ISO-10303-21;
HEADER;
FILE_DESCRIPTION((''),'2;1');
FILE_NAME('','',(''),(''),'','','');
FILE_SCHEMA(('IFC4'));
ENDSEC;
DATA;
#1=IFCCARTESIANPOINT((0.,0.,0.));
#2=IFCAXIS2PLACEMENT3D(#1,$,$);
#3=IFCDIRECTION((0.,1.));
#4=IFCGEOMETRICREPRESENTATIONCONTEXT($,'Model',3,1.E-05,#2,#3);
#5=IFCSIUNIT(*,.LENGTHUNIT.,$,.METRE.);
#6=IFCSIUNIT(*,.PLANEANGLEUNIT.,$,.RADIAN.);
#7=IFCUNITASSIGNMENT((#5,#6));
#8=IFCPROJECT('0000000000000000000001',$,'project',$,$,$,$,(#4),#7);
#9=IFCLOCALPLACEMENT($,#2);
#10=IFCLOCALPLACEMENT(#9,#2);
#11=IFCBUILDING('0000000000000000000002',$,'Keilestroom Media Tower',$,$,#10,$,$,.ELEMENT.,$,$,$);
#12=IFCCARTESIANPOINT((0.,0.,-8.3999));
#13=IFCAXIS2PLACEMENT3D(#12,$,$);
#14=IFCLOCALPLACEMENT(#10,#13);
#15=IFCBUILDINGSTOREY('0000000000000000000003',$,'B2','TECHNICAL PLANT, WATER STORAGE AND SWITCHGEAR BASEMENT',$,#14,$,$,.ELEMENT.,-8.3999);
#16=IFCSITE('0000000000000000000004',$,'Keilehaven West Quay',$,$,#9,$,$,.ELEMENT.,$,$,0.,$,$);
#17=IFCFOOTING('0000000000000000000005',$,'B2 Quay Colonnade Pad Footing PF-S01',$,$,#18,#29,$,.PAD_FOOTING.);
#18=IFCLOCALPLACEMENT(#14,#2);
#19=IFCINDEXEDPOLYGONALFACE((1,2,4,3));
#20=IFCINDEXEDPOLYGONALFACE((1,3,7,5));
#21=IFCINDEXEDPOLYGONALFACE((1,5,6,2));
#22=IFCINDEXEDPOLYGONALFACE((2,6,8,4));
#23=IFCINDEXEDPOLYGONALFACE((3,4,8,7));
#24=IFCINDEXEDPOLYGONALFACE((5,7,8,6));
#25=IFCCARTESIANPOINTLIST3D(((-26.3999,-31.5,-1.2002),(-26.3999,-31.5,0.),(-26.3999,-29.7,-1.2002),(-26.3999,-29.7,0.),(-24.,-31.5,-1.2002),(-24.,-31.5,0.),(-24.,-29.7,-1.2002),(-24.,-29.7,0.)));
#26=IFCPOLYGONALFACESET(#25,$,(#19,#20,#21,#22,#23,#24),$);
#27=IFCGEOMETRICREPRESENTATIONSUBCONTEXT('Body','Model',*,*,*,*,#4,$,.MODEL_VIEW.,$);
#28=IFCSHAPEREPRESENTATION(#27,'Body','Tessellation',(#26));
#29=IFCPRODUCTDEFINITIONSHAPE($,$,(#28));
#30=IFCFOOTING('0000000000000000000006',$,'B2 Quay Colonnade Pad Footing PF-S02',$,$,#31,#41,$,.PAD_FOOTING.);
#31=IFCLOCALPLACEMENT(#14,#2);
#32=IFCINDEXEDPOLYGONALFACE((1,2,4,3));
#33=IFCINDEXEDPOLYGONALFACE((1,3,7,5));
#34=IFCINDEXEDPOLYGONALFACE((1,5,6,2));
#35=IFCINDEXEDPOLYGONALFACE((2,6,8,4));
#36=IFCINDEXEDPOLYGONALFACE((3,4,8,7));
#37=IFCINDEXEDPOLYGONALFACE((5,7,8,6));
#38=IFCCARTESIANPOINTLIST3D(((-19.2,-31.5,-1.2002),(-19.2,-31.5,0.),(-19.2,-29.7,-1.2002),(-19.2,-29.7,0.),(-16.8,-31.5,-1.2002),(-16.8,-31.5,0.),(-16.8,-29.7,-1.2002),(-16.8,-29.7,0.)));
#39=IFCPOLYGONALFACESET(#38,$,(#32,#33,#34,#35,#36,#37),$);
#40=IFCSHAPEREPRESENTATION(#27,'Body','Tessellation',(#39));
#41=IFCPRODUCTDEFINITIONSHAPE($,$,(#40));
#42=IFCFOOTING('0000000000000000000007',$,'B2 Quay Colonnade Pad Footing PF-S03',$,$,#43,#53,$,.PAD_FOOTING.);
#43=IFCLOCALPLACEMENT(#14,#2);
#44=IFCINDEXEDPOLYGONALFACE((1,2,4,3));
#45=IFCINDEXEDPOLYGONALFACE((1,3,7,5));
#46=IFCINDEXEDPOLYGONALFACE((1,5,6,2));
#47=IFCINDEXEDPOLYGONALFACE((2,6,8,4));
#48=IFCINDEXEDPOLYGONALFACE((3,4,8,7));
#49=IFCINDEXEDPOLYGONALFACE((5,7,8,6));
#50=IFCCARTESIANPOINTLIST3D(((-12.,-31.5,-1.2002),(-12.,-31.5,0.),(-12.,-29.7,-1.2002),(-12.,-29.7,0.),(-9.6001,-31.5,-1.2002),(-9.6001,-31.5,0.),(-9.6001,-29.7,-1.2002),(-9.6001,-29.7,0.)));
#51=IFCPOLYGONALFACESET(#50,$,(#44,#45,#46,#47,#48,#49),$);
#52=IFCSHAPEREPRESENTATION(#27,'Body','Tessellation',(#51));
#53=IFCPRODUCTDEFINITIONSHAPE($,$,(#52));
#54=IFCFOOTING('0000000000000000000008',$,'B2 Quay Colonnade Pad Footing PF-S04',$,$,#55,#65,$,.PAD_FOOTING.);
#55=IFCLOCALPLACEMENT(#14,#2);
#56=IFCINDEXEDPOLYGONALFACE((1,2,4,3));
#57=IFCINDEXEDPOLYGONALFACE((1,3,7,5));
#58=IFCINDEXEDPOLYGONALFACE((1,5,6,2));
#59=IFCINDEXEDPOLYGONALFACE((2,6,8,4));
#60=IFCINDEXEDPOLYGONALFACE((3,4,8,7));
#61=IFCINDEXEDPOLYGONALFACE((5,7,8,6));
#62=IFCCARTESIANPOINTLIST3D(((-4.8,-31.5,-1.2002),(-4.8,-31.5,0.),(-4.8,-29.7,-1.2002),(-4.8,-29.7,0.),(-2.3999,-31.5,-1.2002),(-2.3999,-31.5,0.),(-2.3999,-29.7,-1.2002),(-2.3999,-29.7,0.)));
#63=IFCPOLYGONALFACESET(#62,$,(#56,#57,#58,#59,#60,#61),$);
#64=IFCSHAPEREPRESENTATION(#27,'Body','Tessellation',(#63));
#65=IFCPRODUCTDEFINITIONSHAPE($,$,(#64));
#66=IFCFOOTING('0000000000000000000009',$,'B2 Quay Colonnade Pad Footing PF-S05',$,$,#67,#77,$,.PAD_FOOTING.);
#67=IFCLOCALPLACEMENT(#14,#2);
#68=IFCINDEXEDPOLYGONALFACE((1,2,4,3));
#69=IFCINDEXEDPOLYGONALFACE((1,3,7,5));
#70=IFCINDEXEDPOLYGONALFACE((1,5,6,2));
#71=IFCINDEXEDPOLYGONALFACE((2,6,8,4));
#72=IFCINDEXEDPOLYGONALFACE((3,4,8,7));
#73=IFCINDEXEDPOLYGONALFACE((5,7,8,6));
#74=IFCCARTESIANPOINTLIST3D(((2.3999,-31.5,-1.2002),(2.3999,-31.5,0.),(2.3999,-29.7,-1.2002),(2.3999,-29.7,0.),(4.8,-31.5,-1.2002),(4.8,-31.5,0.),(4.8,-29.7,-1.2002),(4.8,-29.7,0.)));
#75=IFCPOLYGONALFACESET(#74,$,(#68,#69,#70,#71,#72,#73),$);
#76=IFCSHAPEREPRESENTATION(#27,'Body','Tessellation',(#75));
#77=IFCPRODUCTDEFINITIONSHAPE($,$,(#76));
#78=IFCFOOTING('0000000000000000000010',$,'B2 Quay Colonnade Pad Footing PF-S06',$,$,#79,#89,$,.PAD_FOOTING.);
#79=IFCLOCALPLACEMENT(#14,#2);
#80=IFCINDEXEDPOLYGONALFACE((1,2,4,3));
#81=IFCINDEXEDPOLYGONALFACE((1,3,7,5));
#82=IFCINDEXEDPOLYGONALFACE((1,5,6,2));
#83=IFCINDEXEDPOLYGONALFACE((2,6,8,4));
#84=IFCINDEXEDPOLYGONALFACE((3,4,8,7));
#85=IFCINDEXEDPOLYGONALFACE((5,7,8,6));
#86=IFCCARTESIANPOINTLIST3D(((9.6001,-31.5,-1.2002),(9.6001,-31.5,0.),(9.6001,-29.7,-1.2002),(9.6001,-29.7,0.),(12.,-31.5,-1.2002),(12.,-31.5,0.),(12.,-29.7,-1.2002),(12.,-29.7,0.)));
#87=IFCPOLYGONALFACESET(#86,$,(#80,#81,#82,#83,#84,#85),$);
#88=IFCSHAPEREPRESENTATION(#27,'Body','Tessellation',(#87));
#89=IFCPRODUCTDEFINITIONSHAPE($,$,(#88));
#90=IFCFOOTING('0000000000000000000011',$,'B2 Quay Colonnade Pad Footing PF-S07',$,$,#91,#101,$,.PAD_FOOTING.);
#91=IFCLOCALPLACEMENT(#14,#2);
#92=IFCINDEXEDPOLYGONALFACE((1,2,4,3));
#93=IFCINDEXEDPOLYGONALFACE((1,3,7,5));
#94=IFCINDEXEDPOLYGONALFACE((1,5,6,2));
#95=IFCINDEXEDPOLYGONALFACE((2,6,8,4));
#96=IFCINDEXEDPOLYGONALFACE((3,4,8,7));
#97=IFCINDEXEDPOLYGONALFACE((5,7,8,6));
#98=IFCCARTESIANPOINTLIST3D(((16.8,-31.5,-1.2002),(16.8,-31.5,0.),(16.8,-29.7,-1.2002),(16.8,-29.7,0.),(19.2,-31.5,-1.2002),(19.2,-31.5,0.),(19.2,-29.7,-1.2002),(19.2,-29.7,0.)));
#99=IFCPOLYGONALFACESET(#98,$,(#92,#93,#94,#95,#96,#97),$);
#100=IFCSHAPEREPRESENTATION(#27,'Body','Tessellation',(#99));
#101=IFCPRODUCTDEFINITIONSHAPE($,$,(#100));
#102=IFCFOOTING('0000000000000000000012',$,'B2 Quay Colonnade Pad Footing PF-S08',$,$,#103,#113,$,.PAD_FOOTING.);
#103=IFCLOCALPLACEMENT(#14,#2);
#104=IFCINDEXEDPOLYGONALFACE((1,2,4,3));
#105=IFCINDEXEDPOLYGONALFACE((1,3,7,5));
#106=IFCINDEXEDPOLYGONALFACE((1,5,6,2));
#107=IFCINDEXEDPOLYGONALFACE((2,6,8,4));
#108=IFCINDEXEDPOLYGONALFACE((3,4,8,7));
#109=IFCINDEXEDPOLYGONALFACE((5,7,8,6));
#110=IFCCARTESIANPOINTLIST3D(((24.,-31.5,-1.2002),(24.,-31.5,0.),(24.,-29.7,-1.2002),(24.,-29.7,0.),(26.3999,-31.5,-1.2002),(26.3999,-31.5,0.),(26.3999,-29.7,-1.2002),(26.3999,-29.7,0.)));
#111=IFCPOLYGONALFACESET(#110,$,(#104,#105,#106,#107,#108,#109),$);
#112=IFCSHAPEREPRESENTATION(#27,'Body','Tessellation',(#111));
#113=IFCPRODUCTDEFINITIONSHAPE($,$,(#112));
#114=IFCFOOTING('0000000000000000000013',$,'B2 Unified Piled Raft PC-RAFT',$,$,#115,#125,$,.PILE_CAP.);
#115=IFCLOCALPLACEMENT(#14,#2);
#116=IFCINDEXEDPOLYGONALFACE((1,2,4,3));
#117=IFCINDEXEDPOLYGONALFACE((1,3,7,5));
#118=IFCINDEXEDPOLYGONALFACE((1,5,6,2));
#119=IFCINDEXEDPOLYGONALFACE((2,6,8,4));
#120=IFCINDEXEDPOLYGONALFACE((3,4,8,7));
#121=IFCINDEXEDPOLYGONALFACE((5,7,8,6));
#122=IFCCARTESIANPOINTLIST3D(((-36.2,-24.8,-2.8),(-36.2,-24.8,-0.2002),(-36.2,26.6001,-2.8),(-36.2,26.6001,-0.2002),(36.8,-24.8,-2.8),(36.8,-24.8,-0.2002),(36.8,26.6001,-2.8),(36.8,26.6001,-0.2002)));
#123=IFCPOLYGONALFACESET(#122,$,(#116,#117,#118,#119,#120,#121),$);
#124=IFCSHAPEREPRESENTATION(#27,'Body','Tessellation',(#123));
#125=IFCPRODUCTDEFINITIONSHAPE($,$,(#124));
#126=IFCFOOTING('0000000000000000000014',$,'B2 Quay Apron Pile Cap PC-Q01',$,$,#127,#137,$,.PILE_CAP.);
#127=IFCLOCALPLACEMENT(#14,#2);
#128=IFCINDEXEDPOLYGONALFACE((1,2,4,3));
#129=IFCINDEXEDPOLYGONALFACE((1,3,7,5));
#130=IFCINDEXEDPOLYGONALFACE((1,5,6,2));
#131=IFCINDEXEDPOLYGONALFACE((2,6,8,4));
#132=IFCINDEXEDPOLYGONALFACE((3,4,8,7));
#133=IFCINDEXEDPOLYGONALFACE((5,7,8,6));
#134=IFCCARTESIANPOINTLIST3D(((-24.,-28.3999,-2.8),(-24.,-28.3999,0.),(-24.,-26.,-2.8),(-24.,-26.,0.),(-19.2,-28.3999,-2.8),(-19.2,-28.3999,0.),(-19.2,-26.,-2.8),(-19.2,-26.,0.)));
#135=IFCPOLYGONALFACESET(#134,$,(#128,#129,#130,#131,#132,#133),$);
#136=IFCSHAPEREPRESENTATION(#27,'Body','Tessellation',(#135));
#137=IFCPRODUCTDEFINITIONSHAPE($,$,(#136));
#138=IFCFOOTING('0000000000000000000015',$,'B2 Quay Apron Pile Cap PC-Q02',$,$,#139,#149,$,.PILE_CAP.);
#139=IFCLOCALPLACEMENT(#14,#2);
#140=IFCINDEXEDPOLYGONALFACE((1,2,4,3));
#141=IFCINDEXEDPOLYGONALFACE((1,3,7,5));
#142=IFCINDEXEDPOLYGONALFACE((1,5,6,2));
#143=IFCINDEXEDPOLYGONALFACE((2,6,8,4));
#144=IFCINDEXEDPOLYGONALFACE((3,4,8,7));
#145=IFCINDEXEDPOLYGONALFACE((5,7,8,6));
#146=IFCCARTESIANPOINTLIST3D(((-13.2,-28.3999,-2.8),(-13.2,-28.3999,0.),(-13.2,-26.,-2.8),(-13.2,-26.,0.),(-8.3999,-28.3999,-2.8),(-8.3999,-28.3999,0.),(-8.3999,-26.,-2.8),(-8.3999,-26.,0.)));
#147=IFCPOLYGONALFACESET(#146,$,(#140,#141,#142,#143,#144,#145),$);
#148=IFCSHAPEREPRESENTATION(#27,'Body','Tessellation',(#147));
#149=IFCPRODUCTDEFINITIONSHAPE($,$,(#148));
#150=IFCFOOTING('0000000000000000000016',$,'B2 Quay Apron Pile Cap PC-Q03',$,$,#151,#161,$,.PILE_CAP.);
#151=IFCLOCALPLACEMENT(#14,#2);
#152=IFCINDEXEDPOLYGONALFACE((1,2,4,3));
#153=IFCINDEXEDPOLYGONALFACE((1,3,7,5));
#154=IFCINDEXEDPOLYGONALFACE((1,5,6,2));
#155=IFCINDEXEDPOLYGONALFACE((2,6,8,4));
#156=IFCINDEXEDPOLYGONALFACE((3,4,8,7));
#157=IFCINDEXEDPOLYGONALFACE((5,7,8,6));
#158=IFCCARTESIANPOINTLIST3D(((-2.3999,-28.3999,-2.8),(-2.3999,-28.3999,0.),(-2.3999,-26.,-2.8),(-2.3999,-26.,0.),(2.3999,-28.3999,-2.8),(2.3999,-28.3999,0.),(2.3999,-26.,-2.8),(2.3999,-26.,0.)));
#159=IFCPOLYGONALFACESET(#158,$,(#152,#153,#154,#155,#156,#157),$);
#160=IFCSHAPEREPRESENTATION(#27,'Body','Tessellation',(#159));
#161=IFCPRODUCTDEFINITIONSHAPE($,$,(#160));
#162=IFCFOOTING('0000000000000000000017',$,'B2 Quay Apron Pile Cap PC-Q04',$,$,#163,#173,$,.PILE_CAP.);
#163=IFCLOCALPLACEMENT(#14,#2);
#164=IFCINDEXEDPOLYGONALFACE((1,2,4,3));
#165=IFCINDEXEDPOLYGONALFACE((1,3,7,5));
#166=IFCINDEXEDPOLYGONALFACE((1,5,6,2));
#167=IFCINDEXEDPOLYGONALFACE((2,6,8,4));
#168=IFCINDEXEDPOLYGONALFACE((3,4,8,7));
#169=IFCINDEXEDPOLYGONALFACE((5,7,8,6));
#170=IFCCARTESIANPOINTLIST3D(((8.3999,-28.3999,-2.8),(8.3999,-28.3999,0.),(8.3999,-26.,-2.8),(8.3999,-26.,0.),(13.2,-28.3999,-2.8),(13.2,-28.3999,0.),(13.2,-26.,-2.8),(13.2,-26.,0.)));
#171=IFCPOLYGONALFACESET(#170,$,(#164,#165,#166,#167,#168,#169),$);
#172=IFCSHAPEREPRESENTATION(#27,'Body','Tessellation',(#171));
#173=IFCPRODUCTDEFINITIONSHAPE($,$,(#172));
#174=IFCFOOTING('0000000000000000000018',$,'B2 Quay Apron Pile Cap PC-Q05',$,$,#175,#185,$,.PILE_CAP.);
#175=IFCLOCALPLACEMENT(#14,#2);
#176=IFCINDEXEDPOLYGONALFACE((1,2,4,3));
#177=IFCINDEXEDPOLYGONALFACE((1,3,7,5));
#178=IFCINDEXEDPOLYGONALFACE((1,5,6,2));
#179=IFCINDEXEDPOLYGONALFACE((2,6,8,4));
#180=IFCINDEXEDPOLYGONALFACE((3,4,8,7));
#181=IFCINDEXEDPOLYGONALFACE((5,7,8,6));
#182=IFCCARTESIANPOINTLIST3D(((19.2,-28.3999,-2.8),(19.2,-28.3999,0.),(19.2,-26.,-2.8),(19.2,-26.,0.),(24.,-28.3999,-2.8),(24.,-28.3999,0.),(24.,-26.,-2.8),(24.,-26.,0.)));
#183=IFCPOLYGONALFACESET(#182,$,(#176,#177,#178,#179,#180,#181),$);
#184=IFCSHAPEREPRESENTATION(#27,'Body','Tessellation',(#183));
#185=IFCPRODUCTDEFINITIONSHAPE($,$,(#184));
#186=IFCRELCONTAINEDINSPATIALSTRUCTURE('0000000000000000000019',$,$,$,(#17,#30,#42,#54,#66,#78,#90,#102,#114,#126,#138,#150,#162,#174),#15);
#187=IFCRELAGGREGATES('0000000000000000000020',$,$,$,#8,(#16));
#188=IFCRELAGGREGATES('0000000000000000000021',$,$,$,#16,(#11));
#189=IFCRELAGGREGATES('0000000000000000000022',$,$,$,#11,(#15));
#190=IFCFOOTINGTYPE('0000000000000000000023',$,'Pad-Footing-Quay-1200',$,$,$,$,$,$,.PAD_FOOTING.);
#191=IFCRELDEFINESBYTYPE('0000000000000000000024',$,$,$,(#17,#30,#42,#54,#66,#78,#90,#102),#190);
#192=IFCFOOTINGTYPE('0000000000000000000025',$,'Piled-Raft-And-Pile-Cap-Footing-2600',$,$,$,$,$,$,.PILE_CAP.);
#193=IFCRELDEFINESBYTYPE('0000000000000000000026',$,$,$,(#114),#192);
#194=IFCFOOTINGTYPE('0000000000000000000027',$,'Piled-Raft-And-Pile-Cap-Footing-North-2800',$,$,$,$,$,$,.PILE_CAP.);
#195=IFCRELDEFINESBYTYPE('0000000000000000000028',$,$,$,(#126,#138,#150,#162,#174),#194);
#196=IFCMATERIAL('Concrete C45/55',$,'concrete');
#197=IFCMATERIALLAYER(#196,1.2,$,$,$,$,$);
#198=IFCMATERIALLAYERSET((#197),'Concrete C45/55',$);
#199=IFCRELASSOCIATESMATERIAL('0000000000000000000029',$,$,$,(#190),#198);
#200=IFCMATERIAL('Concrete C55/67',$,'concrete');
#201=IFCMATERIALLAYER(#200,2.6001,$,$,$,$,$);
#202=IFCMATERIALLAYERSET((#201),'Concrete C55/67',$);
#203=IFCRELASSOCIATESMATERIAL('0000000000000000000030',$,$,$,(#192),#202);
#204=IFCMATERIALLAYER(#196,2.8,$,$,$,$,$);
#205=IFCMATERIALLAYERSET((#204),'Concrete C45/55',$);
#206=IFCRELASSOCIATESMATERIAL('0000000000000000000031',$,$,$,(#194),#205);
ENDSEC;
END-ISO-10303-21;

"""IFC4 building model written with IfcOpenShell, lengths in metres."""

from ifc_helpers import new_model, si_unit, direction, frame, origin, place, context, subcontext, project, spatial, polyline, outline, extrude, material, layer, layer_set, type_object, element, save


model = new_model("IFC4")

# Units and contexts
model_context = context("Model", 3, precision=1e-05, world=origin(), true_north=direction((0.0, 1.0)))
body_context = subcontext(model_context, "Body", "Model", "MODEL_VIEW")
ifc_project = project(units=[si_unit("LENGTHUNIT", "METRE"), si_unit("PLANEANGLEUNIT", "RADIAN")], contexts=[model_context])

# Site, building, storey
site_placement = place(None, origin())
site = spatial("IfcSite", under=ifc_project, at=site_placement, Name="Keilehaven West Quay", CompositionType="ELEMENT", RefElevation=0.0)
building_placement = place(site_placement, origin())
building = spatial("IfcBuilding", under=site, at=building_placement, Name="Keilestroom Media Tower", CompositionType="ELEMENT")
storey_placement = place(building_placement, frame((0.0, 0.0, -8.3999)))
storey = spatial("IfcBuildingStorey", under=building, at=storey_placement, Name="B2", Description="TECHNICAL PLANT, WATER STORAGE AND SWITCHGEAR BASEMENT", CompositionType="ELEMENT", Elevation=-8.3999)

# Footings
ifc_material_1 = material(Name="Concrete C45/55", Category="concrete")
ifc_layer_1 = layer(ifc_material_1, 1.2)
ifc_layer_set_1 = layer_set([ifc_layer_1], Name="Concrete C45/55")
footing_type_1 = type_object("IfcFootingType", Name="Pad-Footing-Quay-1200", PredefinedType="PAD_FOOTING", material=ifc_layer_set_1)
footing_1_placement = place(storey_placement, frame((0.0, 0.0, -1.2002)))
element("IfcFooting", 1, at=footing_1_placement, inside=storey, type_object=footing_type_1, Name="B2 Quay Colonnade Pad Footing PF-S01", PredefinedType="PAD_FOOTING", context=body_context, shape_type="SweptSolid", body=[
    extrude(outline(polyline([(-26.3999, -31.5), (-24.0, -31.5), (-24.0, -29.7), (-26.3999, -29.7), (-26.3999, -31.5)])), origin(), (0.0, 0.0, 1.0), 1.2002),
])
footing_2_placement = place(storey_placement, frame((0.0, 0.0, -1.2002)))
element("IfcFooting", 2, at=footing_2_placement, inside=storey, type_object=footing_type_1, Name="B2 Quay Colonnade Pad Footing PF-S02", PredefinedType="PAD_FOOTING", context=body_context, shape_type="SweptSolid", body=[
    extrude(outline(polyline([(-19.2, -31.5), (-16.8, -31.5), (-16.8, -29.7), (-19.2, -29.7), (-19.2, -31.5)])), origin(), (0.0, 0.0, 1.0), 1.2002),
])
footing_3_placement = place(storey_placement, frame((0.0, 0.0, -1.2002)))
element("IfcFooting", 3, at=footing_3_placement, inside=storey, type_object=footing_type_1, Name="B2 Quay Colonnade Pad Footing PF-S03", PredefinedType="PAD_FOOTING", context=body_context, shape_type="SweptSolid", body=[
    extrude(outline(polyline([(-12.0, -31.5), (-9.6001, -31.5), (-9.6001, -29.7), (-12.0, -29.7), (-12.0, -31.5)])), origin(), (0.0, 0.0, 1.0), 1.2002),
])
footing_4_placement = place(storey_placement, frame((0.0, 0.0, -1.2002)))
element("IfcFooting", 4, at=footing_4_placement, inside=storey, type_object=footing_type_1, Name="B2 Quay Colonnade Pad Footing PF-S04", PredefinedType="PAD_FOOTING", context=body_context, shape_type="SweptSolid", body=[
    extrude(outline(polyline([(-4.8, -31.5), (-2.3999, -31.5), (-2.3999, -29.7), (-4.8, -29.7), (-4.8, -31.5)])), origin(), (0.0, 0.0, 1.0), 1.2002),
])
footing_5_placement = place(storey_placement, frame((0.0, 0.0, -1.2002)))
element("IfcFooting", 5, at=footing_5_placement, inside=storey, type_object=footing_type_1, Name="B2 Quay Colonnade Pad Footing PF-S05", PredefinedType="PAD_FOOTING", context=body_context, shape_type="SweptSolid", body=[
    extrude(outline(polyline([(2.3999, -31.5), (4.8, -31.5), (4.8, -29.7), (2.3999, -29.7), (2.3999, -31.5)])), origin(), (0.0, 0.0, 1.0), 1.2002),
])
footing_6_placement = place(storey_placement, frame((0.0, 0.0, -1.2002)))
element("IfcFooting", 6, at=footing_6_placement, inside=storey, type_object=footing_type_1, Name="B2 Quay Colonnade Pad Footing PF-S06", PredefinedType="PAD_FOOTING", context=body_context, shape_type="SweptSolid", body=[
    extrude(outline(polyline([(9.6001, -31.5), (12.0, -31.5), (12.0, -29.7), (9.6001, -29.7), (9.6001, -31.5)])), origin(), (0.0, 0.0, 1.0), 1.2002),
])
footing_7_placement = place(storey_placement, frame((0.0, 0.0, -1.2002)))
element("IfcFooting", 7, at=footing_7_placement, inside=storey, type_object=footing_type_1, Name="B2 Quay Colonnade Pad Footing PF-S07", PredefinedType="PAD_FOOTING", context=body_context, shape_type="SweptSolid", body=[
    extrude(outline(polyline([(16.8, -31.5), (19.2, -31.5), (19.2, -29.7), (16.8, -29.7), (16.8, -31.5)])), origin(), (0.0, 0.0, 1.0), 1.2002),
])
footing_8_placement = place(storey_placement, frame((0.0, 0.0, -1.2002)))
element("IfcFooting", 8, at=footing_8_placement, inside=storey, type_object=footing_type_1, Name="B2 Quay Colonnade Pad Footing PF-S08", PredefinedType="PAD_FOOTING", context=body_context, shape_type="SweptSolid", body=[
    extrude(outline(polyline([(24.0, -31.5), (26.3999, -31.5), (26.3999, -29.7), (24.0, -29.7), (24.0, -31.5)])), origin(), (0.0, 0.0, 1.0), 1.2002),
])
ifc_material_2 = material(Name="Concrete C55/67", Category="concrete")
ifc_layer_2 = layer(ifc_material_2, 2.6001)
ifc_layer_set_2 = layer_set([ifc_layer_2], Name="Concrete C55/67")
footing_type_2 = type_object("IfcFootingType", Name="Piled-Raft-And-Pile-Cap-Footing-2600", PredefinedType="PILE_CAP", material=ifc_layer_set_2)
footing_9_placement = place(storey_placement, frame((0.0, 0.0, -2.8)))
element("IfcFooting", 9, at=footing_9_placement, inside=storey, type_object=footing_type_2, Name="B2 Unified Piled Raft PC-RAFT", PredefinedType="PILE_CAP", context=body_context, shape_type="SweptSolid", body=[
    extrude(outline(polyline([(-36.2, -24.8), (36.8, -24.8), (36.8, 26.6001), (-36.2, 26.6001), (-36.2, -24.8)])), origin(), (0.0, 0.0, 1.0), 2.5999),
])
ifc_layer_3 = layer(ifc_material_1, 2.8)
ifc_layer_set_3 = layer_set([ifc_layer_3], Name="Concrete C45/55")
footing_type_3 = type_object("IfcFootingType", Name="Piled-Raft-And-Pile-Cap-Footing-North-2800", PredefinedType="PILE_CAP", material=ifc_layer_set_3)
footing_10_placement = place(storey_placement, frame((0.0, 0.0, -2.8)))
element("IfcFooting", 10, at=footing_10_placement, inside=storey, type_object=footing_type_3, Name="B2 Quay Apron Pile Cap PC-Q01", PredefinedType="PILE_CAP", context=body_context, shape_type="SweptSolid", body=[
    extrude(outline(polyline([(-24.0, -28.3999), (-19.2, -28.3999), (-19.2, -26.0), (-24.0, -26.0), (-24.0, -28.3999)])), origin(), (0.0, 0.0, 1.0), 2.8),
])
footing_11_placement = place(storey_placement, frame((0.0, 0.0, -2.8)))
element("IfcFooting", 11, at=footing_11_placement, inside=storey, type_object=footing_type_3, Name="B2 Quay Apron Pile Cap PC-Q02", PredefinedType="PILE_CAP", context=body_context, shape_type="SweptSolid", body=[
    extrude(outline(polyline([(-13.2, -28.3999), (-8.3999, -28.3999), (-8.3999, -26.0), (-13.2, -26.0), (-13.2, -28.3999)])), origin(), (0.0, 0.0, 1.0), 2.8),
])
footing_12_placement = place(storey_placement, frame((0.0, 0.0, -2.8)))
element("IfcFooting", 12, at=footing_12_placement, inside=storey, type_object=footing_type_3, Name="B2 Quay Apron Pile Cap PC-Q03", PredefinedType="PILE_CAP", context=body_context, shape_type="SweptSolid", body=[
    extrude(outline(polyline([(-2.3999, -28.3999), (2.3999, -28.3999), (2.3999, -26.0), (-2.3999, -26.0), (-2.3999, -28.3999)])), origin(), (0.0, 0.0, 1.0), 2.8),
])
footing_13_placement = place(storey_placement, frame((0.0, 0.0, -2.8)))
element("IfcFooting", 13, at=footing_13_placement, inside=storey, type_object=footing_type_3, Name="B2 Quay Apron Pile Cap PC-Q04", PredefinedType="PILE_CAP", context=body_context, shape_type="SweptSolid", body=[
    extrude(outline(polyline([(8.3999, -28.3999), (13.2, -28.3999), (13.2, -26.0), (8.3999, -26.0), (8.3999, -28.3999)])), origin(), (0.0, 0.0, 1.0), 2.8),
])
footing_14_placement = place(storey_placement, frame((0.0, 0.0, -2.8)))
element("IfcFooting", 14, at=footing_14_placement, inside=storey, type_object=footing_type_3, Name="B2 Quay Apron Pile Cap PC-Q05", PredefinedType="PILE_CAP", context=body_context, shape_type="SweptSolid", body=[
    extrude(outline(polyline([(19.2, -28.3999), (24.0, -28.3999), (24.0, -26.0), (19.2, -26.0), (19.2, -28.3999)])), origin(), (0.0, 0.0, 1.0), 2.8),
])

save(model, "model.ifc")
